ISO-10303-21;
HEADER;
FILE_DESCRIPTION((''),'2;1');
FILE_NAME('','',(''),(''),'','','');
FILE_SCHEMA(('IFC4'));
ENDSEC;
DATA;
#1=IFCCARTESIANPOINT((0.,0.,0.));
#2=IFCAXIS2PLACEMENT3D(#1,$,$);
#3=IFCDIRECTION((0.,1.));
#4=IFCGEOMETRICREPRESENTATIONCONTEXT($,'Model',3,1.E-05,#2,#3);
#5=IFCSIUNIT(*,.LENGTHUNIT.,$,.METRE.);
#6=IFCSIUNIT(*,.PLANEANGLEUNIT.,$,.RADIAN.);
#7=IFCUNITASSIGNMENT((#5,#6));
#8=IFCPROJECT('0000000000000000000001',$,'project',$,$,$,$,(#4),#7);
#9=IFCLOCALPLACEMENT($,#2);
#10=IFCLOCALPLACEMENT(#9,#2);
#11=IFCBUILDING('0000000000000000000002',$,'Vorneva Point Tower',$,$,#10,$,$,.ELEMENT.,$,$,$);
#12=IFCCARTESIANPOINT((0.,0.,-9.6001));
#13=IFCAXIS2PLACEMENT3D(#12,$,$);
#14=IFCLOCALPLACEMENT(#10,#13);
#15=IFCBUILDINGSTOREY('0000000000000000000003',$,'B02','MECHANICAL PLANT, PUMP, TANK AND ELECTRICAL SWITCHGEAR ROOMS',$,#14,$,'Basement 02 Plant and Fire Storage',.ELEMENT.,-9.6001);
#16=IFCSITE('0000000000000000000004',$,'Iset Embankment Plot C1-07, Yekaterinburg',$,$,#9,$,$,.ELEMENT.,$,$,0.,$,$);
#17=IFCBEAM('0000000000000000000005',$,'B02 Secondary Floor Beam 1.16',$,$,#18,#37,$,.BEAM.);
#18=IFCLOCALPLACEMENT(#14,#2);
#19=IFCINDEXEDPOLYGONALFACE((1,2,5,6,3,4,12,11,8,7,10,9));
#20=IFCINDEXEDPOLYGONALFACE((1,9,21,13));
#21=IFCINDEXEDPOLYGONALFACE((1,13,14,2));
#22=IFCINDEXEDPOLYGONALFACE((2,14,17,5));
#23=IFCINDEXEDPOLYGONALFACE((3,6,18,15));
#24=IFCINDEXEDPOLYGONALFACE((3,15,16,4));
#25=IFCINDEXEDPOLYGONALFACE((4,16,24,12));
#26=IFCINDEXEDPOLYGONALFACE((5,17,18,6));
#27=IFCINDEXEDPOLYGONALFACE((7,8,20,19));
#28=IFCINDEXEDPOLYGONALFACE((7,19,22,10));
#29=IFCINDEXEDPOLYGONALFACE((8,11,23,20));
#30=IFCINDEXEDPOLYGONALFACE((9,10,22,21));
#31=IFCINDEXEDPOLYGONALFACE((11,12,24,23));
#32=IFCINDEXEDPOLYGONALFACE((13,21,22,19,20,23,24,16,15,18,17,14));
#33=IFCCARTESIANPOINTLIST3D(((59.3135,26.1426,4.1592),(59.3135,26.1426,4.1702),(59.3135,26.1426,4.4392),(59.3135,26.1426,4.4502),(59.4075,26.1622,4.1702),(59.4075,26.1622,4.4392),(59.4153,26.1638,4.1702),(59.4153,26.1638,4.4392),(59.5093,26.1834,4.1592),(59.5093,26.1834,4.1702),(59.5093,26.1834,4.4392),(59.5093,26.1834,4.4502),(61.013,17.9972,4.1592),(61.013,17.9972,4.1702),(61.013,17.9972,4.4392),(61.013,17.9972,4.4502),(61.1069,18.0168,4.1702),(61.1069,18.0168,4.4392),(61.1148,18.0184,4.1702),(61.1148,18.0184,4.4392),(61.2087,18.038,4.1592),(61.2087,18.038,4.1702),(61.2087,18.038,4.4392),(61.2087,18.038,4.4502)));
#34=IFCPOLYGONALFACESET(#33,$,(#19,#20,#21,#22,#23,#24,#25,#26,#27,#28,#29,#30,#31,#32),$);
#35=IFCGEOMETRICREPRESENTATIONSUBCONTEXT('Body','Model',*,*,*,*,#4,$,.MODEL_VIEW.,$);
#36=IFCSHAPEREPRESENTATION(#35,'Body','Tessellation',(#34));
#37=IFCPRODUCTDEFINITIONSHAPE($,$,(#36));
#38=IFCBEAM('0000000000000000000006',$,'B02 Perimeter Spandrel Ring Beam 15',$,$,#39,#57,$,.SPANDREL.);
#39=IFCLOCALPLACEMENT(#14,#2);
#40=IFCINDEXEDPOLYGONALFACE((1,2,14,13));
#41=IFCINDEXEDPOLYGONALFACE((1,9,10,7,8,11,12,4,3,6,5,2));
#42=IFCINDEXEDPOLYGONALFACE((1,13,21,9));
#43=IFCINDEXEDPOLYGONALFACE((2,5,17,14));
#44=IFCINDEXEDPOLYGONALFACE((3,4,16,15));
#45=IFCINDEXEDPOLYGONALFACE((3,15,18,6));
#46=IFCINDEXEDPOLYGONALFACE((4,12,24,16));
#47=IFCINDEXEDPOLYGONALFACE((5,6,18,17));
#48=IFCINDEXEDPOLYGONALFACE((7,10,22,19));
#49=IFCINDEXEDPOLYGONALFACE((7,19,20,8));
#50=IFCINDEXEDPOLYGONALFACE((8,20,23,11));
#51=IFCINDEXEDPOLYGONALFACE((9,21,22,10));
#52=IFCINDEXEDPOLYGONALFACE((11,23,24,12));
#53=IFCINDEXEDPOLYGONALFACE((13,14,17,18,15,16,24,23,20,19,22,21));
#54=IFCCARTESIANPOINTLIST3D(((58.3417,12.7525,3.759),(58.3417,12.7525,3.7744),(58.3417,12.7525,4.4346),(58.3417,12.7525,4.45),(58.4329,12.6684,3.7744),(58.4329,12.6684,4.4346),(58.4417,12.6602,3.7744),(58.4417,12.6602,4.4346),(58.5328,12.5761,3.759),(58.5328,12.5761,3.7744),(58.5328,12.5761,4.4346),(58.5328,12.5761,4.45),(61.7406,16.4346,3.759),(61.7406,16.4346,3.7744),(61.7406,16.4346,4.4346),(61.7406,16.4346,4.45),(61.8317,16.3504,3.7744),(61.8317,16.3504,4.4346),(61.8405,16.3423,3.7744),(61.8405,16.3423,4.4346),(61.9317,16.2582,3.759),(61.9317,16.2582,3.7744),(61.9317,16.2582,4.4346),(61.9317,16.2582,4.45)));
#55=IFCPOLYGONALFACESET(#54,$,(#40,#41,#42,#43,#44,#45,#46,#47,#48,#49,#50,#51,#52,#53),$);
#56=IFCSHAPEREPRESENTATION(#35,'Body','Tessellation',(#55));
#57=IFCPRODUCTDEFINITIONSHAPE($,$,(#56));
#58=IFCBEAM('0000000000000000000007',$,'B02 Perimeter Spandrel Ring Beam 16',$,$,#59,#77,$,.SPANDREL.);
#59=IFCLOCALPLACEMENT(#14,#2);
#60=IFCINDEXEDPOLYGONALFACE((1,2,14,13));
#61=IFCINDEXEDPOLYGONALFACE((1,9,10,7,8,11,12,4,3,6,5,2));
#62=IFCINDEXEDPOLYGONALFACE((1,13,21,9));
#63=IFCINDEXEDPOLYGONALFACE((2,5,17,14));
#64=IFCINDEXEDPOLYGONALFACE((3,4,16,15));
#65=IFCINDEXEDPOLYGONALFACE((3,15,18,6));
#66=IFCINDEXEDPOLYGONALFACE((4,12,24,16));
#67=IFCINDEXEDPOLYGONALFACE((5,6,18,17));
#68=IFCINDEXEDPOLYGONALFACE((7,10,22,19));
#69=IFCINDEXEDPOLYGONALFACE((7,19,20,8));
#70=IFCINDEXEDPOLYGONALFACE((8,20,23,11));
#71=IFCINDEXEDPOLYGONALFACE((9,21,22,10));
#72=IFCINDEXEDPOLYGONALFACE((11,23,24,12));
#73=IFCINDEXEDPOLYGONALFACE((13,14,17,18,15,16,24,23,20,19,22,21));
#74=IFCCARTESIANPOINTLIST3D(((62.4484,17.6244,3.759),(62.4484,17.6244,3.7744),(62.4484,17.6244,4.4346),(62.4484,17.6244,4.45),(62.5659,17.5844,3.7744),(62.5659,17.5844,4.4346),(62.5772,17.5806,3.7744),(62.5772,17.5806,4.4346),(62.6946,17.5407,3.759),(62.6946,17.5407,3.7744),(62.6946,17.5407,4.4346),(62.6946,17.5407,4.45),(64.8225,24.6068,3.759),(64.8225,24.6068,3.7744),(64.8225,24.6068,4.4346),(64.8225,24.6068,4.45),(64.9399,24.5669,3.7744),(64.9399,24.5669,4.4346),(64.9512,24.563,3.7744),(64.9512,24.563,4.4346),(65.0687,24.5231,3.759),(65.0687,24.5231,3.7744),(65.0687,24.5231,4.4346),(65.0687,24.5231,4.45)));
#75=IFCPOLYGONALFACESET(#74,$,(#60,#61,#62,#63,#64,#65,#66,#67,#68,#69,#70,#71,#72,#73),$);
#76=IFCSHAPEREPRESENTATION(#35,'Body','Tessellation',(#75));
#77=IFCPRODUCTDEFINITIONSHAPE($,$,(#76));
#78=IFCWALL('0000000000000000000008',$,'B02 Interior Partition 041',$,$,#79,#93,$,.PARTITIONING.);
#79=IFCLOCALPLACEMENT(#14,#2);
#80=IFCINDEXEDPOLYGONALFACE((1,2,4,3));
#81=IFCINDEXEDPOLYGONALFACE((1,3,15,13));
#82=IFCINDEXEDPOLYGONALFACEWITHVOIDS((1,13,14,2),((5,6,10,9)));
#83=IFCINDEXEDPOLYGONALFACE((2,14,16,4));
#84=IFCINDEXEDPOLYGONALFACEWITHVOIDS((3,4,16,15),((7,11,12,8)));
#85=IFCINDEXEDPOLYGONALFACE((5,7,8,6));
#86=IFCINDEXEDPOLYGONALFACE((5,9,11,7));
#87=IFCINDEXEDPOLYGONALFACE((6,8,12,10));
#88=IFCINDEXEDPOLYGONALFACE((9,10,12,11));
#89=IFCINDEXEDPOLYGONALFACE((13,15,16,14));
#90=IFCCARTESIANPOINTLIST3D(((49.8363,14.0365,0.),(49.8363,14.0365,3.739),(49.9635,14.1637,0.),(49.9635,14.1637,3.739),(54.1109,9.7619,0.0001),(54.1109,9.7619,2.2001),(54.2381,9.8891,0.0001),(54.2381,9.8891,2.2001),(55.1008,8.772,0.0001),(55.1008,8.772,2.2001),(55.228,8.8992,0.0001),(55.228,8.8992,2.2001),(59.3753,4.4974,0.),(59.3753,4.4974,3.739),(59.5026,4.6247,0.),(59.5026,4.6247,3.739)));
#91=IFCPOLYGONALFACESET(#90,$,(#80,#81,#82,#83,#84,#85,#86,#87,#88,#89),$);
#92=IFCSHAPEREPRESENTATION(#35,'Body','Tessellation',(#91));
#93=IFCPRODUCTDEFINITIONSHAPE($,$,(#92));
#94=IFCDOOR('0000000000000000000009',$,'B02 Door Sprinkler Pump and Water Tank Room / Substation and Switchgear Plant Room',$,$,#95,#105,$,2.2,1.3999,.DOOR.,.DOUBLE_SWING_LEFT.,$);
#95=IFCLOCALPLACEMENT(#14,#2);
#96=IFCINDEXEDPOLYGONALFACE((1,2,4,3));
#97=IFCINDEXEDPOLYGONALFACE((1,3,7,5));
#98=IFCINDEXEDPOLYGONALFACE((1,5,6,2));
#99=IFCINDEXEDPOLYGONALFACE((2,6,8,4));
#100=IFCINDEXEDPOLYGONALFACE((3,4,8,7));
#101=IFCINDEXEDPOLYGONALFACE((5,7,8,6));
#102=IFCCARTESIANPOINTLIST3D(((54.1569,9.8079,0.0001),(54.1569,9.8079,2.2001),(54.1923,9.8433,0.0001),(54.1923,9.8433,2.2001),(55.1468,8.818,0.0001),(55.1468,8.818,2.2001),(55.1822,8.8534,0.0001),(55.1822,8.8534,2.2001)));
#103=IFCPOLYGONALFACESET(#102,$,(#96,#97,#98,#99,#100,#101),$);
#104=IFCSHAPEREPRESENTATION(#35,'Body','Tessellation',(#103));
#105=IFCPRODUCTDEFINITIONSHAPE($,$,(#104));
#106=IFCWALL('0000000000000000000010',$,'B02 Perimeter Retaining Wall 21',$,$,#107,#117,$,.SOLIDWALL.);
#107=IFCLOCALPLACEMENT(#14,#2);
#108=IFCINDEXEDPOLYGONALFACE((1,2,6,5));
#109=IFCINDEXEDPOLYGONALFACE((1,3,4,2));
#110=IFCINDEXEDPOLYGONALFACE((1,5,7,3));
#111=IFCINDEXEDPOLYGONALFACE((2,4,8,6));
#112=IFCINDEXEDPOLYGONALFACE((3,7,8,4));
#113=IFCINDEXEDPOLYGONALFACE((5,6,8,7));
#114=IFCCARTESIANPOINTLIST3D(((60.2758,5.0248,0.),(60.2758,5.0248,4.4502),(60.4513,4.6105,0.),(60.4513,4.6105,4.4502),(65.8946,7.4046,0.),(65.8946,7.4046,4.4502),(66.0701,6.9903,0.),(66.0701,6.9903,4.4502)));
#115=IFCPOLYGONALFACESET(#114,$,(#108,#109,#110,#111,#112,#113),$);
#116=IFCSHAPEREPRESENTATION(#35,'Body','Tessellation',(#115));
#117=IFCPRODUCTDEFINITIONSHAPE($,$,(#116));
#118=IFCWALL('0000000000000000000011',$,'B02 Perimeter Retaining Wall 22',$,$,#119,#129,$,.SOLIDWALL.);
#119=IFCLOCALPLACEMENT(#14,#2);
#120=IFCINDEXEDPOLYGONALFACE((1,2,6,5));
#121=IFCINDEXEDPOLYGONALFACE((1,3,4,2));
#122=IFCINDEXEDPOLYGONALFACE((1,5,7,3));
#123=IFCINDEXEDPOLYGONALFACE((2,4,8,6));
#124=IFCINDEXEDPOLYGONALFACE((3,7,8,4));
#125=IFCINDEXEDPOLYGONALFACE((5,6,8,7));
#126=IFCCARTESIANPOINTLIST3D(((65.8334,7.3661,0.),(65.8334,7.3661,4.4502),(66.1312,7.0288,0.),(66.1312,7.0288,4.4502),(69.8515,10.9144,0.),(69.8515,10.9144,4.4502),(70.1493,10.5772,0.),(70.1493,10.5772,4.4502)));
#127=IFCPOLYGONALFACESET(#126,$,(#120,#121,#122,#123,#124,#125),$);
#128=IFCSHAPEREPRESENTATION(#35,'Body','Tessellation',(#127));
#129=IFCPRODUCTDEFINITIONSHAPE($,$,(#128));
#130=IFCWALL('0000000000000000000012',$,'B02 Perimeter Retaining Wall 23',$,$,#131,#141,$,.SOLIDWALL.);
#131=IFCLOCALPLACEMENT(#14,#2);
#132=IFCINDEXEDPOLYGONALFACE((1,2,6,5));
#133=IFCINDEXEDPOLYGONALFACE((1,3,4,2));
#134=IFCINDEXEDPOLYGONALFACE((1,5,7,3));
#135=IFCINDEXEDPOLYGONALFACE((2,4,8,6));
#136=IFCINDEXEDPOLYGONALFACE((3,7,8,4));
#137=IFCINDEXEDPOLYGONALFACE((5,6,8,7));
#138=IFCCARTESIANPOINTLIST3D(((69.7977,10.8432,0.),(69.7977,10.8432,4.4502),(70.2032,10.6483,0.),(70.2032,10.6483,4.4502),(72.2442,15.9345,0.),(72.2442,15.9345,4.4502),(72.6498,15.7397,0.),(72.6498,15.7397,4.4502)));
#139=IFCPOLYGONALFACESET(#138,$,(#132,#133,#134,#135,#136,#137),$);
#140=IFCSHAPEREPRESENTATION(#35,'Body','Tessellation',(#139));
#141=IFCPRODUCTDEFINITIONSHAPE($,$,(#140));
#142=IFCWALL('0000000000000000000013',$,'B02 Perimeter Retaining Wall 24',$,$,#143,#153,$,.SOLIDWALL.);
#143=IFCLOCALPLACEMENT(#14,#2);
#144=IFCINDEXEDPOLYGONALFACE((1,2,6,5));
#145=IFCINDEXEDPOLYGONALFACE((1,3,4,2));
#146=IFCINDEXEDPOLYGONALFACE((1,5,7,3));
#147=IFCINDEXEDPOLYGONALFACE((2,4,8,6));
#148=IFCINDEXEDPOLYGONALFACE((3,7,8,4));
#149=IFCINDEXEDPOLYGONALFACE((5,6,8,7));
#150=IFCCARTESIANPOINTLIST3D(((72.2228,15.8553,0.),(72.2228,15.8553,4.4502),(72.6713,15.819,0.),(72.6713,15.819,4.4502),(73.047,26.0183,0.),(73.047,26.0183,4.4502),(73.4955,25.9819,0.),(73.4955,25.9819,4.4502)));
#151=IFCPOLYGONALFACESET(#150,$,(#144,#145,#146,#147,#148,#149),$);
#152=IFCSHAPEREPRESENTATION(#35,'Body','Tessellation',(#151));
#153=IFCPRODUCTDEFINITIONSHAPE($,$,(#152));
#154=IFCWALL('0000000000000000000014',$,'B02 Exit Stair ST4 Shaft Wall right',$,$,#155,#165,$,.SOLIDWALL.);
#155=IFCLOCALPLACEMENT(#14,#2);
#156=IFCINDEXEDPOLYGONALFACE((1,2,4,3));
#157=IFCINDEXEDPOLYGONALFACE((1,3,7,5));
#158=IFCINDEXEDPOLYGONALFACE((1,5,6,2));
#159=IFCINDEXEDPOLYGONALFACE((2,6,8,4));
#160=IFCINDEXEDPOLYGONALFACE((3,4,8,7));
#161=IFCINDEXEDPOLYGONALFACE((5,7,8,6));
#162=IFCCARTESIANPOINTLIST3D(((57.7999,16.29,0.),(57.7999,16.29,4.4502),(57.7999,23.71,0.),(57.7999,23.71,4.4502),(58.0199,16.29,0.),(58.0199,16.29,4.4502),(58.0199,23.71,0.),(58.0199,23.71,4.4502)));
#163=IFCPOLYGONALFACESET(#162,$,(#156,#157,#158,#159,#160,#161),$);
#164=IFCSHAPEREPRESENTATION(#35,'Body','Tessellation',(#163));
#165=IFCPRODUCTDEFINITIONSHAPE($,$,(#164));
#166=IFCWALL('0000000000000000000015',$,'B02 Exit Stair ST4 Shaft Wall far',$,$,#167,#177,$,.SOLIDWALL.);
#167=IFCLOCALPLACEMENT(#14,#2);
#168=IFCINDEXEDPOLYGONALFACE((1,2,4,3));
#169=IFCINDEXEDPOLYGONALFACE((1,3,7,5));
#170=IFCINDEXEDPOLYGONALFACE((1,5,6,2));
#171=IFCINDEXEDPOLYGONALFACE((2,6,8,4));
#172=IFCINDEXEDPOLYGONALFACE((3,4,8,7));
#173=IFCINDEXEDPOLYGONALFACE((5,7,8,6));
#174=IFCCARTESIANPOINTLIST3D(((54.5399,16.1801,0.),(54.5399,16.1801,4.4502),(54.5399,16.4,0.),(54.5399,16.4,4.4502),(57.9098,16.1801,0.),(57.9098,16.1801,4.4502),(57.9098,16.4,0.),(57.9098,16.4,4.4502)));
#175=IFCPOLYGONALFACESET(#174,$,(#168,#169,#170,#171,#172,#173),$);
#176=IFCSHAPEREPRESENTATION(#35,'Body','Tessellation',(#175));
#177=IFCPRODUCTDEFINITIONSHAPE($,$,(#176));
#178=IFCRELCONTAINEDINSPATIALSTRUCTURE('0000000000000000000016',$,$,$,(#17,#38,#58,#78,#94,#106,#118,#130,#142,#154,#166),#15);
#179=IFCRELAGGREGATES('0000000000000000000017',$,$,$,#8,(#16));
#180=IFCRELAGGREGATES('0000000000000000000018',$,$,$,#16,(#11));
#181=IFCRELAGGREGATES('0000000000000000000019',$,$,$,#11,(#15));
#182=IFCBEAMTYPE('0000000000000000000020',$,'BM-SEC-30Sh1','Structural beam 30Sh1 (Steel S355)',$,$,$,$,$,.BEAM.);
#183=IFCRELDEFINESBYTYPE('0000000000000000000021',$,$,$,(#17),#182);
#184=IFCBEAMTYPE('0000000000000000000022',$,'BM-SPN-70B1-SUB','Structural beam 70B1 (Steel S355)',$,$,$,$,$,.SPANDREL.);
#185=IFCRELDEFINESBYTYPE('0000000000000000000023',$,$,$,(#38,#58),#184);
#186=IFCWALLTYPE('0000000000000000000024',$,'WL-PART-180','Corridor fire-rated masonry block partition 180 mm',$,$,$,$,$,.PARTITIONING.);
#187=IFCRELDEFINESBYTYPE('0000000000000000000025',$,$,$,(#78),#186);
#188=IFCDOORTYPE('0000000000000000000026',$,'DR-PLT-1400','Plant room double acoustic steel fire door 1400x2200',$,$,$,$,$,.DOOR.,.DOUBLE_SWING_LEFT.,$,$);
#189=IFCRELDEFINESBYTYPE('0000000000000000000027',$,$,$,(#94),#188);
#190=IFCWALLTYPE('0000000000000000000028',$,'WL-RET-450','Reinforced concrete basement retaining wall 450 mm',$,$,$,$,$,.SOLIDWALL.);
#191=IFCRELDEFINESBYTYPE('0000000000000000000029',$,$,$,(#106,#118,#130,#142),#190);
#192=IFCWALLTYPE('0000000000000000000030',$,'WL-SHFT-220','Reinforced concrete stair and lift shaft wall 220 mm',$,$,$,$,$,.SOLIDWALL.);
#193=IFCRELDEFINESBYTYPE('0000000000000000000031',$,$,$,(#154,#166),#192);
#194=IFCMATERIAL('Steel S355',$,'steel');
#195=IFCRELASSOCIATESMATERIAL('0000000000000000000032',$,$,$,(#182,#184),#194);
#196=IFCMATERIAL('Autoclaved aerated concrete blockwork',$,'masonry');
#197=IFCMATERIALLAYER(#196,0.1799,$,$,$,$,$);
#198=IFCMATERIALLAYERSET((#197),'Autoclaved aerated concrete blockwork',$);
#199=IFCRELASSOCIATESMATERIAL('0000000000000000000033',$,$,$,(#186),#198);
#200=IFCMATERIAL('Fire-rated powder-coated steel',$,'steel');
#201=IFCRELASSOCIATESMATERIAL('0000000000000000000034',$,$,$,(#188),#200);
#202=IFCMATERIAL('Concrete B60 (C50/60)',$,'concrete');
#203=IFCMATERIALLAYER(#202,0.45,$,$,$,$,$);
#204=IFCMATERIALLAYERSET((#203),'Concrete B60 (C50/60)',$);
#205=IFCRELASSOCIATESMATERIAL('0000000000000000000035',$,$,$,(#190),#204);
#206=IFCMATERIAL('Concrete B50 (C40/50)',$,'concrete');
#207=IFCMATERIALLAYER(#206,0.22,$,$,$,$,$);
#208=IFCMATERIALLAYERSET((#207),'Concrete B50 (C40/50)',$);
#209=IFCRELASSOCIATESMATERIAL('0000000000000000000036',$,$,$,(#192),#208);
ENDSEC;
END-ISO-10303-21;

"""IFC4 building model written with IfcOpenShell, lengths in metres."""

from ifc_helpers import new_model, si_unit, direction, frame, frame_2d, origin, origin_2d, place, context, subcontext, project, spatial, rectangle, i_section, extrude, material, layer, layer_set, material_profile, profile_set, type_object, element, fill, save


model = new_model("IFC4")

# Units and contexts
model_context = context("Model", 3, precision=1e-05, world=origin(), true_north=direction((0.0, 1.0)))
body_context = subcontext(model_context, "Body", "Model", "MODEL_VIEW")
ifc_project = project(units=[si_unit("LENGTHUNIT", "METRE"), si_unit("PLANEANGLEUNIT", "RADIAN")], contexts=[model_context])

# Site, building, storey
site_placement = place(None, origin())
site = spatial("IfcSite", under=ifc_project, at=site_placement, Name="Iset Embankment Plot C1-07, Yekaterinburg", CompositionType="ELEMENT", RefElevation=0.0)
building_placement = place(site_placement, origin())
building = spatial("IfcBuilding", under=site, at=building_placement, Name="Vorneva Point Tower", CompositionType="ELEMENT")
storey_placement = place(building_placement, frame((0.0, 0.0, -9.6001)))
storey = spatial("IfcBuildingStorey", under=building, at=storey_placement, Name="B02", Description="MECHANICAL PLANT, PUMP, TANK AND ELECTRICAL SWITCHGEAR ROOMS", LongName="Basement 02 Plant and Fire Storage", CompositionType="ELEMENT", Elevation=-9.6001)

# Shared definitions
ifc_material_1 = material(Name="Concrete B60 (C50/60)", Category="concrete")

# Shared definitions
ifc_material_2 = material(Name="Concrete B50 (C40/50)", Category="concrete")

# Beams
ifc_material_3 = material(Name="Steel S355", Category="steel")
ifc_material_profile_1 = material_profile(ifc_material_3, i_section(OverallWidth=0.2, OverallDepth=0.291, WebThickness=0.0081, FlangeThickness=0.011, at=origin_2d()), Name="30Sh1")
ifc_profile_set_1 = profile_set([ifc_material_profile_1], Name="Steel S355")
beam_type_1 = type_object("IfcBeamType", Name="BM-SEC-30Sh1", Description="Structural beam 30Sh1 (Steel S355)", PredefinedType="BEAM", material=ifc_profile_set_1)
beam_1_placement = place(storey_placement, frame((61.1108, 18.0176, 4.3047), z_axis=(-0.20424, 0.978921, 0.0), x_axis=(-0.978921, -0.20424, 0.0)))
element("IfcBeam", 1, at=beam_1_placement, inside=storey, type_object=beam_type_1, Name="B02 Secondary Floor Beam 1.16", PredefinedType="BEAM", context=body_context, shape_type="SweptSolid", body=[
    extrude(i_section(OverallWidth=0.2, OverallDepth=0.291, WebThickness=0.0081, FlangeThickness=0.011, at=origin_2d()), origin(), (0.0, 0.0, 1.0), 8.3208),
])
ifc_material_profile_2 = material_profile(ifc_material_3, i_section(OverallWidth=0.26, OverallDepth=0.6909, WebThickness=0.012, FlangeThickness=0.0154, at=origin_2d()), Name="70B1")
ifc_profile_set_2 = profile_set([ifc_material_profile_2], Name="Steel S355")
beam_type_2 = type_object("IfcBeamType", Name="BM-SPN-70B1-SUB", Description="Structural beam 70B1 (Steel S355)", PredefinedType="SPANDREL", material=ifc_profile_set_2)
beam_2_placement = place(storey_placement, frame((58.4373, 12.6643, 4.1045), z_axis=(0.678284, 0.7348, 0.0), x_axis=(-0.7348, 0.678284, 0.0)))
element("IfcBeam", 2, at=beam_2_placement, inside=storey, type_object=beam_type_2, Name="B02 Perimeter Spandrel Ring Beam 15", PredefinedType="SPANDREL", context=body_context, shape_type="SweptSolid", body=[
    extrude(i_section(OverallWidth=0.26, OverallDepth=0.6909, WebThickness=0.012, FlangeThickness=0.0154, at=origin_2d()), origin(), (0.0, 0.0, 1.0), 5.011),
])
beam_3_placement = place(storey_placement, frame((62.5715, 17.5825, 4.1045), z_axis=(0.321903, 0.946773, 0.0), x_axis=(-0.946773, 0.321903, 0.0)))
element("IfcBeam", 3, at=beam_3_placement, inside=storey, type_object=beam_type_2, Name="B02 Perimeter Spandrel Ring Beam 16", PredefinedType="SPANDREL", context=body_context, shape_type="SweptSolid", body=[
    extrude(i_section(OverallWidth=0.26, OverallDepth=0.6909, WebThickness=0.012, FlangeThickness=0.0154, at=origin_2d()), origin(), (0.0, 0.0, 1.0), 7.375),
])

# Wall, opening, door
ifc_material_4 = material(Name="Autoclaved aerated concrete blockwork", Category="masonry")
ifc_layer_1 = layer(ifc_material_4, 0.1799)
ifc_layer_set_1 = layer_set([ifc_layer_1], Name="Autoclaved aerated concrete blockwork")
wall_type_1 = type_object("IfcWallType", Name="WL-PART-180", Description="Corridor fire-rated masonry block partition 180 mm", PredefinedType="PARTITIONING", material=ifc_layer_set_1)
wall_1_placement = place(storey_placement, frame((59.439, 4.561, 0.0), z_axis=(0.0, 0.0, 1.0), x_axis=(-0.707107, 0.707107, 0.0)))
wall_1 = element("IfcWall", 4, at=wall_1_placement, inside=storey, type_object=wall_type_1, Name="B02 Interior Partition 041", PredefinedType="PARTITIONING", context=body_context, shape_type="SweptSolid", body=[
    extrude(rectangle(XDim=13.4902, YDim=0.1799, at=frame_2d((6.7451, 0.0))), origin(), (0.0, 0.0, 1.0), 3.739),
])
opening_placement = place(wall_1_placement, frame((6.0452, 0.0, 0.0)))
opening = element("IfcOpeningElement", 5, at=opening_placement, cuts=wall_1, PredefinedType="OPENING", context=body_context, shape_type="SweptSolid", body=[
    extrude(rectangle(XDim=1.3999, YDim=2.2, at=frame_2d((0.7, 1.1001))), frame((0.0, 0.105, 0.0), z_axis=(0.0, -1.0, 0.0), x_axis=(1.0, 0.0, 0.0)), (0.0, 0.0, 1.0), 0.2097),
])
ifc_material_5 = material(Name="Fire-rated powder-coated steel", Category="steel")
door_type = type_object("IfcDoorType", Name="DR-PLT-1400", Description="Plant room double acoustic steel fire door 1400x2200", OperationType="DOUBLE_SWING_LEFT", PredefinedType="DOOR", material=ifc_material_5)
door_placement = place(opening_placement, origin())
door = element("IfcDoor", 6, at=door_placement, inside=storey, type_object=door_type, Name="B02 Door Sprinkler Pump and Water Tank Room / Substation and Switchgear Plant Room", OperationType="DOUBLE_SWING_LEFT", OverallHeight=2.2, OverallWidth=1.3999, PredefinedType="DOOR", context=body_context, shape_type="SweptSolid", body=[
    extrude(rectangle(XDim=1.3999, YDim=2.2, at=frame_2d((0.7, 1.1001))), frame((0.0, 0.0249, 0.0), z_axis=(0.0, -1.0, 0.0), x_axis=(1.0, 0.0, 0.0)), (0.0, 0.0, 1.0), 0.05),
])
fill(opening, door)

# Walls
ifc_layer_2 = layer(ifc_material_1, 0.45)
ifc_layer_set_2 = layer_set([ifc_layer_2], Name="Concrete B60 (C50/60)")
wall_type_2 = type_object("IfcWallType", Name="WL-RET-450", Description="Reinforced concrete basement retaining wall 450 mm", PredefinedType="SOLIDWALL", material=ifc_layer_set_2)
wall_2_placement = place(storey_placement, frame((60.3635, 4.8176, 0.0), z_axis=(0.0, 0.0, 1.0), x_axis=(0.920811, 0.390009, 0.0)))
element("IfcWall", 7, at=wall_2_placement, inside=storey, type_object=wall_type_2, Name="B02 Perimeter Retaining Wall 21", PredefinedType="SOLIDWALL", context=body_context, shape_type="SweptSolid", body=[
    extrude(rectangle(XDim=6.1021, YDim=0.45, at=frame_2d((3.051, 0.0))), origin(), (0.0, 0.0, 1.0), 4.4502),
])
wall_3_placement = place(storey_placement, frame((65.9824, 7.1975, 0.0), z_axis=(0.0, 0.0, 1.0), x_axis=(0.749561, 0.661935, 0.0)))
element("IfcWall", 8, at=wall_3_placement, inside=storey, type_object=wall_type_2, Name="B02 Perimeter Retaining Wall 22", PredefinedType="SOLIDWALL", context=body_context, shape_type="SweptSolid", body=[
    extrude(rectangle(XDim=5.3606, YDim=0.45, at=frame_2d((2.6802, 0.0))), origin(), (0.0, 0.0, 1.0), 4.4502),
])
wall_4_placement = place(storey_placement, frame((70.0005, 10.7458, 0.0), z_axis=(0.0, 0.0, 1.0), x_axis=(0.43312, 0.901336, 0.0)))
element("IfcWall", 9, at=wall_4_placement, inside=storey, type_object=wall_type_2, Name="B02 Perimeter Retaining Wall 23", PredefinedType="SOLIDWALL", context=body_context, shape_type="SweptSolid", body=[
    extrude(rectangle(XDim=5.6487, YDim=0.45, at=frame_2d((2.8242, 0.0))), origin(), (0.0, 0.0, 1.0), 4.4502),
])
wall_5_placement = place(storey_placement, frame((72.447, 15.8372, 0.0), z_axis=(0.0, 0.0, 1.0), x_axis=(0.080836, 0.996727, 0.0)))
element("IfcWall", 10, at=wall_5_placement, inside=storey, type_object=wall_type_2, Name="B02 Perimeter Retaining Wall 24", PredefinedType="SOLIDWALL", context=body_context, shape_type="SweptSolid", body=[
    extrude(rectangle(XDim=10.1963, YDim=0.45, at=frame_2d((5.0981, 0.0))), origin(), (0.0, 0.0, 1.0), 4.4502),
])
ifc_layer_3 = layer(ifc_material_2, 0.22)
ifc_layer_set_3 = layer_set([ifc_layer_3], Name="Concrete B50 (C40/50)")
wall_type_3 = type_object("IfcWallType", Name="WL-SHFT-220", Description="Reinforced concrete stair and lift shaft wall 220 mm", PredefinedType="SOLIDWALL", material=ifc_layer_set_3)
wall_6_placement = place(storey_placement, frame((57.9099, 23.71, 0.0), z_axis=(0.0, 0.0, 1.0), x_axis=(0.0, -1.0, 0.0)))
element("IfcWall", 11, at=wall_6_placement, inside=storey, type_object=wall_type_3, Name="B02 Exit Stair ST4 Shaft Wall right", PredefinedType="SOLIDWALL", context=body_context, shape_type="SweptSolid", body=[
    extrude(rectangle(XDim=7.4199, YDim=0.22, at=frame_2d((3.71, 0.0))), origin(), (0.0, 0.0, 1.0), 4.4502),
])
wall_7_placement = place(storey_placement, frame((57.9099, 16.29, 0.0), z_axis=(0.0, 0.0, 1.0), x_axis=(-1.0, 0.0, 0.0)))
element("IfcWall", 12, at=wall_7_placement, inside=storey, type_object=wall_type_3, Name="B02 Exit Stair ST4 Shaft Wall far", PredefinedType="SOLIDWALL", context=body_context, shape_type="SweptSolid", body=[
    extrude(rectangle(XDim=3.3699, YDim=0.22, at=frame_2d((1.6851, 0.0))), origin(), (0.0, 0.0, 1.0), 4.4502),
])

save(model, "model.ifc")
